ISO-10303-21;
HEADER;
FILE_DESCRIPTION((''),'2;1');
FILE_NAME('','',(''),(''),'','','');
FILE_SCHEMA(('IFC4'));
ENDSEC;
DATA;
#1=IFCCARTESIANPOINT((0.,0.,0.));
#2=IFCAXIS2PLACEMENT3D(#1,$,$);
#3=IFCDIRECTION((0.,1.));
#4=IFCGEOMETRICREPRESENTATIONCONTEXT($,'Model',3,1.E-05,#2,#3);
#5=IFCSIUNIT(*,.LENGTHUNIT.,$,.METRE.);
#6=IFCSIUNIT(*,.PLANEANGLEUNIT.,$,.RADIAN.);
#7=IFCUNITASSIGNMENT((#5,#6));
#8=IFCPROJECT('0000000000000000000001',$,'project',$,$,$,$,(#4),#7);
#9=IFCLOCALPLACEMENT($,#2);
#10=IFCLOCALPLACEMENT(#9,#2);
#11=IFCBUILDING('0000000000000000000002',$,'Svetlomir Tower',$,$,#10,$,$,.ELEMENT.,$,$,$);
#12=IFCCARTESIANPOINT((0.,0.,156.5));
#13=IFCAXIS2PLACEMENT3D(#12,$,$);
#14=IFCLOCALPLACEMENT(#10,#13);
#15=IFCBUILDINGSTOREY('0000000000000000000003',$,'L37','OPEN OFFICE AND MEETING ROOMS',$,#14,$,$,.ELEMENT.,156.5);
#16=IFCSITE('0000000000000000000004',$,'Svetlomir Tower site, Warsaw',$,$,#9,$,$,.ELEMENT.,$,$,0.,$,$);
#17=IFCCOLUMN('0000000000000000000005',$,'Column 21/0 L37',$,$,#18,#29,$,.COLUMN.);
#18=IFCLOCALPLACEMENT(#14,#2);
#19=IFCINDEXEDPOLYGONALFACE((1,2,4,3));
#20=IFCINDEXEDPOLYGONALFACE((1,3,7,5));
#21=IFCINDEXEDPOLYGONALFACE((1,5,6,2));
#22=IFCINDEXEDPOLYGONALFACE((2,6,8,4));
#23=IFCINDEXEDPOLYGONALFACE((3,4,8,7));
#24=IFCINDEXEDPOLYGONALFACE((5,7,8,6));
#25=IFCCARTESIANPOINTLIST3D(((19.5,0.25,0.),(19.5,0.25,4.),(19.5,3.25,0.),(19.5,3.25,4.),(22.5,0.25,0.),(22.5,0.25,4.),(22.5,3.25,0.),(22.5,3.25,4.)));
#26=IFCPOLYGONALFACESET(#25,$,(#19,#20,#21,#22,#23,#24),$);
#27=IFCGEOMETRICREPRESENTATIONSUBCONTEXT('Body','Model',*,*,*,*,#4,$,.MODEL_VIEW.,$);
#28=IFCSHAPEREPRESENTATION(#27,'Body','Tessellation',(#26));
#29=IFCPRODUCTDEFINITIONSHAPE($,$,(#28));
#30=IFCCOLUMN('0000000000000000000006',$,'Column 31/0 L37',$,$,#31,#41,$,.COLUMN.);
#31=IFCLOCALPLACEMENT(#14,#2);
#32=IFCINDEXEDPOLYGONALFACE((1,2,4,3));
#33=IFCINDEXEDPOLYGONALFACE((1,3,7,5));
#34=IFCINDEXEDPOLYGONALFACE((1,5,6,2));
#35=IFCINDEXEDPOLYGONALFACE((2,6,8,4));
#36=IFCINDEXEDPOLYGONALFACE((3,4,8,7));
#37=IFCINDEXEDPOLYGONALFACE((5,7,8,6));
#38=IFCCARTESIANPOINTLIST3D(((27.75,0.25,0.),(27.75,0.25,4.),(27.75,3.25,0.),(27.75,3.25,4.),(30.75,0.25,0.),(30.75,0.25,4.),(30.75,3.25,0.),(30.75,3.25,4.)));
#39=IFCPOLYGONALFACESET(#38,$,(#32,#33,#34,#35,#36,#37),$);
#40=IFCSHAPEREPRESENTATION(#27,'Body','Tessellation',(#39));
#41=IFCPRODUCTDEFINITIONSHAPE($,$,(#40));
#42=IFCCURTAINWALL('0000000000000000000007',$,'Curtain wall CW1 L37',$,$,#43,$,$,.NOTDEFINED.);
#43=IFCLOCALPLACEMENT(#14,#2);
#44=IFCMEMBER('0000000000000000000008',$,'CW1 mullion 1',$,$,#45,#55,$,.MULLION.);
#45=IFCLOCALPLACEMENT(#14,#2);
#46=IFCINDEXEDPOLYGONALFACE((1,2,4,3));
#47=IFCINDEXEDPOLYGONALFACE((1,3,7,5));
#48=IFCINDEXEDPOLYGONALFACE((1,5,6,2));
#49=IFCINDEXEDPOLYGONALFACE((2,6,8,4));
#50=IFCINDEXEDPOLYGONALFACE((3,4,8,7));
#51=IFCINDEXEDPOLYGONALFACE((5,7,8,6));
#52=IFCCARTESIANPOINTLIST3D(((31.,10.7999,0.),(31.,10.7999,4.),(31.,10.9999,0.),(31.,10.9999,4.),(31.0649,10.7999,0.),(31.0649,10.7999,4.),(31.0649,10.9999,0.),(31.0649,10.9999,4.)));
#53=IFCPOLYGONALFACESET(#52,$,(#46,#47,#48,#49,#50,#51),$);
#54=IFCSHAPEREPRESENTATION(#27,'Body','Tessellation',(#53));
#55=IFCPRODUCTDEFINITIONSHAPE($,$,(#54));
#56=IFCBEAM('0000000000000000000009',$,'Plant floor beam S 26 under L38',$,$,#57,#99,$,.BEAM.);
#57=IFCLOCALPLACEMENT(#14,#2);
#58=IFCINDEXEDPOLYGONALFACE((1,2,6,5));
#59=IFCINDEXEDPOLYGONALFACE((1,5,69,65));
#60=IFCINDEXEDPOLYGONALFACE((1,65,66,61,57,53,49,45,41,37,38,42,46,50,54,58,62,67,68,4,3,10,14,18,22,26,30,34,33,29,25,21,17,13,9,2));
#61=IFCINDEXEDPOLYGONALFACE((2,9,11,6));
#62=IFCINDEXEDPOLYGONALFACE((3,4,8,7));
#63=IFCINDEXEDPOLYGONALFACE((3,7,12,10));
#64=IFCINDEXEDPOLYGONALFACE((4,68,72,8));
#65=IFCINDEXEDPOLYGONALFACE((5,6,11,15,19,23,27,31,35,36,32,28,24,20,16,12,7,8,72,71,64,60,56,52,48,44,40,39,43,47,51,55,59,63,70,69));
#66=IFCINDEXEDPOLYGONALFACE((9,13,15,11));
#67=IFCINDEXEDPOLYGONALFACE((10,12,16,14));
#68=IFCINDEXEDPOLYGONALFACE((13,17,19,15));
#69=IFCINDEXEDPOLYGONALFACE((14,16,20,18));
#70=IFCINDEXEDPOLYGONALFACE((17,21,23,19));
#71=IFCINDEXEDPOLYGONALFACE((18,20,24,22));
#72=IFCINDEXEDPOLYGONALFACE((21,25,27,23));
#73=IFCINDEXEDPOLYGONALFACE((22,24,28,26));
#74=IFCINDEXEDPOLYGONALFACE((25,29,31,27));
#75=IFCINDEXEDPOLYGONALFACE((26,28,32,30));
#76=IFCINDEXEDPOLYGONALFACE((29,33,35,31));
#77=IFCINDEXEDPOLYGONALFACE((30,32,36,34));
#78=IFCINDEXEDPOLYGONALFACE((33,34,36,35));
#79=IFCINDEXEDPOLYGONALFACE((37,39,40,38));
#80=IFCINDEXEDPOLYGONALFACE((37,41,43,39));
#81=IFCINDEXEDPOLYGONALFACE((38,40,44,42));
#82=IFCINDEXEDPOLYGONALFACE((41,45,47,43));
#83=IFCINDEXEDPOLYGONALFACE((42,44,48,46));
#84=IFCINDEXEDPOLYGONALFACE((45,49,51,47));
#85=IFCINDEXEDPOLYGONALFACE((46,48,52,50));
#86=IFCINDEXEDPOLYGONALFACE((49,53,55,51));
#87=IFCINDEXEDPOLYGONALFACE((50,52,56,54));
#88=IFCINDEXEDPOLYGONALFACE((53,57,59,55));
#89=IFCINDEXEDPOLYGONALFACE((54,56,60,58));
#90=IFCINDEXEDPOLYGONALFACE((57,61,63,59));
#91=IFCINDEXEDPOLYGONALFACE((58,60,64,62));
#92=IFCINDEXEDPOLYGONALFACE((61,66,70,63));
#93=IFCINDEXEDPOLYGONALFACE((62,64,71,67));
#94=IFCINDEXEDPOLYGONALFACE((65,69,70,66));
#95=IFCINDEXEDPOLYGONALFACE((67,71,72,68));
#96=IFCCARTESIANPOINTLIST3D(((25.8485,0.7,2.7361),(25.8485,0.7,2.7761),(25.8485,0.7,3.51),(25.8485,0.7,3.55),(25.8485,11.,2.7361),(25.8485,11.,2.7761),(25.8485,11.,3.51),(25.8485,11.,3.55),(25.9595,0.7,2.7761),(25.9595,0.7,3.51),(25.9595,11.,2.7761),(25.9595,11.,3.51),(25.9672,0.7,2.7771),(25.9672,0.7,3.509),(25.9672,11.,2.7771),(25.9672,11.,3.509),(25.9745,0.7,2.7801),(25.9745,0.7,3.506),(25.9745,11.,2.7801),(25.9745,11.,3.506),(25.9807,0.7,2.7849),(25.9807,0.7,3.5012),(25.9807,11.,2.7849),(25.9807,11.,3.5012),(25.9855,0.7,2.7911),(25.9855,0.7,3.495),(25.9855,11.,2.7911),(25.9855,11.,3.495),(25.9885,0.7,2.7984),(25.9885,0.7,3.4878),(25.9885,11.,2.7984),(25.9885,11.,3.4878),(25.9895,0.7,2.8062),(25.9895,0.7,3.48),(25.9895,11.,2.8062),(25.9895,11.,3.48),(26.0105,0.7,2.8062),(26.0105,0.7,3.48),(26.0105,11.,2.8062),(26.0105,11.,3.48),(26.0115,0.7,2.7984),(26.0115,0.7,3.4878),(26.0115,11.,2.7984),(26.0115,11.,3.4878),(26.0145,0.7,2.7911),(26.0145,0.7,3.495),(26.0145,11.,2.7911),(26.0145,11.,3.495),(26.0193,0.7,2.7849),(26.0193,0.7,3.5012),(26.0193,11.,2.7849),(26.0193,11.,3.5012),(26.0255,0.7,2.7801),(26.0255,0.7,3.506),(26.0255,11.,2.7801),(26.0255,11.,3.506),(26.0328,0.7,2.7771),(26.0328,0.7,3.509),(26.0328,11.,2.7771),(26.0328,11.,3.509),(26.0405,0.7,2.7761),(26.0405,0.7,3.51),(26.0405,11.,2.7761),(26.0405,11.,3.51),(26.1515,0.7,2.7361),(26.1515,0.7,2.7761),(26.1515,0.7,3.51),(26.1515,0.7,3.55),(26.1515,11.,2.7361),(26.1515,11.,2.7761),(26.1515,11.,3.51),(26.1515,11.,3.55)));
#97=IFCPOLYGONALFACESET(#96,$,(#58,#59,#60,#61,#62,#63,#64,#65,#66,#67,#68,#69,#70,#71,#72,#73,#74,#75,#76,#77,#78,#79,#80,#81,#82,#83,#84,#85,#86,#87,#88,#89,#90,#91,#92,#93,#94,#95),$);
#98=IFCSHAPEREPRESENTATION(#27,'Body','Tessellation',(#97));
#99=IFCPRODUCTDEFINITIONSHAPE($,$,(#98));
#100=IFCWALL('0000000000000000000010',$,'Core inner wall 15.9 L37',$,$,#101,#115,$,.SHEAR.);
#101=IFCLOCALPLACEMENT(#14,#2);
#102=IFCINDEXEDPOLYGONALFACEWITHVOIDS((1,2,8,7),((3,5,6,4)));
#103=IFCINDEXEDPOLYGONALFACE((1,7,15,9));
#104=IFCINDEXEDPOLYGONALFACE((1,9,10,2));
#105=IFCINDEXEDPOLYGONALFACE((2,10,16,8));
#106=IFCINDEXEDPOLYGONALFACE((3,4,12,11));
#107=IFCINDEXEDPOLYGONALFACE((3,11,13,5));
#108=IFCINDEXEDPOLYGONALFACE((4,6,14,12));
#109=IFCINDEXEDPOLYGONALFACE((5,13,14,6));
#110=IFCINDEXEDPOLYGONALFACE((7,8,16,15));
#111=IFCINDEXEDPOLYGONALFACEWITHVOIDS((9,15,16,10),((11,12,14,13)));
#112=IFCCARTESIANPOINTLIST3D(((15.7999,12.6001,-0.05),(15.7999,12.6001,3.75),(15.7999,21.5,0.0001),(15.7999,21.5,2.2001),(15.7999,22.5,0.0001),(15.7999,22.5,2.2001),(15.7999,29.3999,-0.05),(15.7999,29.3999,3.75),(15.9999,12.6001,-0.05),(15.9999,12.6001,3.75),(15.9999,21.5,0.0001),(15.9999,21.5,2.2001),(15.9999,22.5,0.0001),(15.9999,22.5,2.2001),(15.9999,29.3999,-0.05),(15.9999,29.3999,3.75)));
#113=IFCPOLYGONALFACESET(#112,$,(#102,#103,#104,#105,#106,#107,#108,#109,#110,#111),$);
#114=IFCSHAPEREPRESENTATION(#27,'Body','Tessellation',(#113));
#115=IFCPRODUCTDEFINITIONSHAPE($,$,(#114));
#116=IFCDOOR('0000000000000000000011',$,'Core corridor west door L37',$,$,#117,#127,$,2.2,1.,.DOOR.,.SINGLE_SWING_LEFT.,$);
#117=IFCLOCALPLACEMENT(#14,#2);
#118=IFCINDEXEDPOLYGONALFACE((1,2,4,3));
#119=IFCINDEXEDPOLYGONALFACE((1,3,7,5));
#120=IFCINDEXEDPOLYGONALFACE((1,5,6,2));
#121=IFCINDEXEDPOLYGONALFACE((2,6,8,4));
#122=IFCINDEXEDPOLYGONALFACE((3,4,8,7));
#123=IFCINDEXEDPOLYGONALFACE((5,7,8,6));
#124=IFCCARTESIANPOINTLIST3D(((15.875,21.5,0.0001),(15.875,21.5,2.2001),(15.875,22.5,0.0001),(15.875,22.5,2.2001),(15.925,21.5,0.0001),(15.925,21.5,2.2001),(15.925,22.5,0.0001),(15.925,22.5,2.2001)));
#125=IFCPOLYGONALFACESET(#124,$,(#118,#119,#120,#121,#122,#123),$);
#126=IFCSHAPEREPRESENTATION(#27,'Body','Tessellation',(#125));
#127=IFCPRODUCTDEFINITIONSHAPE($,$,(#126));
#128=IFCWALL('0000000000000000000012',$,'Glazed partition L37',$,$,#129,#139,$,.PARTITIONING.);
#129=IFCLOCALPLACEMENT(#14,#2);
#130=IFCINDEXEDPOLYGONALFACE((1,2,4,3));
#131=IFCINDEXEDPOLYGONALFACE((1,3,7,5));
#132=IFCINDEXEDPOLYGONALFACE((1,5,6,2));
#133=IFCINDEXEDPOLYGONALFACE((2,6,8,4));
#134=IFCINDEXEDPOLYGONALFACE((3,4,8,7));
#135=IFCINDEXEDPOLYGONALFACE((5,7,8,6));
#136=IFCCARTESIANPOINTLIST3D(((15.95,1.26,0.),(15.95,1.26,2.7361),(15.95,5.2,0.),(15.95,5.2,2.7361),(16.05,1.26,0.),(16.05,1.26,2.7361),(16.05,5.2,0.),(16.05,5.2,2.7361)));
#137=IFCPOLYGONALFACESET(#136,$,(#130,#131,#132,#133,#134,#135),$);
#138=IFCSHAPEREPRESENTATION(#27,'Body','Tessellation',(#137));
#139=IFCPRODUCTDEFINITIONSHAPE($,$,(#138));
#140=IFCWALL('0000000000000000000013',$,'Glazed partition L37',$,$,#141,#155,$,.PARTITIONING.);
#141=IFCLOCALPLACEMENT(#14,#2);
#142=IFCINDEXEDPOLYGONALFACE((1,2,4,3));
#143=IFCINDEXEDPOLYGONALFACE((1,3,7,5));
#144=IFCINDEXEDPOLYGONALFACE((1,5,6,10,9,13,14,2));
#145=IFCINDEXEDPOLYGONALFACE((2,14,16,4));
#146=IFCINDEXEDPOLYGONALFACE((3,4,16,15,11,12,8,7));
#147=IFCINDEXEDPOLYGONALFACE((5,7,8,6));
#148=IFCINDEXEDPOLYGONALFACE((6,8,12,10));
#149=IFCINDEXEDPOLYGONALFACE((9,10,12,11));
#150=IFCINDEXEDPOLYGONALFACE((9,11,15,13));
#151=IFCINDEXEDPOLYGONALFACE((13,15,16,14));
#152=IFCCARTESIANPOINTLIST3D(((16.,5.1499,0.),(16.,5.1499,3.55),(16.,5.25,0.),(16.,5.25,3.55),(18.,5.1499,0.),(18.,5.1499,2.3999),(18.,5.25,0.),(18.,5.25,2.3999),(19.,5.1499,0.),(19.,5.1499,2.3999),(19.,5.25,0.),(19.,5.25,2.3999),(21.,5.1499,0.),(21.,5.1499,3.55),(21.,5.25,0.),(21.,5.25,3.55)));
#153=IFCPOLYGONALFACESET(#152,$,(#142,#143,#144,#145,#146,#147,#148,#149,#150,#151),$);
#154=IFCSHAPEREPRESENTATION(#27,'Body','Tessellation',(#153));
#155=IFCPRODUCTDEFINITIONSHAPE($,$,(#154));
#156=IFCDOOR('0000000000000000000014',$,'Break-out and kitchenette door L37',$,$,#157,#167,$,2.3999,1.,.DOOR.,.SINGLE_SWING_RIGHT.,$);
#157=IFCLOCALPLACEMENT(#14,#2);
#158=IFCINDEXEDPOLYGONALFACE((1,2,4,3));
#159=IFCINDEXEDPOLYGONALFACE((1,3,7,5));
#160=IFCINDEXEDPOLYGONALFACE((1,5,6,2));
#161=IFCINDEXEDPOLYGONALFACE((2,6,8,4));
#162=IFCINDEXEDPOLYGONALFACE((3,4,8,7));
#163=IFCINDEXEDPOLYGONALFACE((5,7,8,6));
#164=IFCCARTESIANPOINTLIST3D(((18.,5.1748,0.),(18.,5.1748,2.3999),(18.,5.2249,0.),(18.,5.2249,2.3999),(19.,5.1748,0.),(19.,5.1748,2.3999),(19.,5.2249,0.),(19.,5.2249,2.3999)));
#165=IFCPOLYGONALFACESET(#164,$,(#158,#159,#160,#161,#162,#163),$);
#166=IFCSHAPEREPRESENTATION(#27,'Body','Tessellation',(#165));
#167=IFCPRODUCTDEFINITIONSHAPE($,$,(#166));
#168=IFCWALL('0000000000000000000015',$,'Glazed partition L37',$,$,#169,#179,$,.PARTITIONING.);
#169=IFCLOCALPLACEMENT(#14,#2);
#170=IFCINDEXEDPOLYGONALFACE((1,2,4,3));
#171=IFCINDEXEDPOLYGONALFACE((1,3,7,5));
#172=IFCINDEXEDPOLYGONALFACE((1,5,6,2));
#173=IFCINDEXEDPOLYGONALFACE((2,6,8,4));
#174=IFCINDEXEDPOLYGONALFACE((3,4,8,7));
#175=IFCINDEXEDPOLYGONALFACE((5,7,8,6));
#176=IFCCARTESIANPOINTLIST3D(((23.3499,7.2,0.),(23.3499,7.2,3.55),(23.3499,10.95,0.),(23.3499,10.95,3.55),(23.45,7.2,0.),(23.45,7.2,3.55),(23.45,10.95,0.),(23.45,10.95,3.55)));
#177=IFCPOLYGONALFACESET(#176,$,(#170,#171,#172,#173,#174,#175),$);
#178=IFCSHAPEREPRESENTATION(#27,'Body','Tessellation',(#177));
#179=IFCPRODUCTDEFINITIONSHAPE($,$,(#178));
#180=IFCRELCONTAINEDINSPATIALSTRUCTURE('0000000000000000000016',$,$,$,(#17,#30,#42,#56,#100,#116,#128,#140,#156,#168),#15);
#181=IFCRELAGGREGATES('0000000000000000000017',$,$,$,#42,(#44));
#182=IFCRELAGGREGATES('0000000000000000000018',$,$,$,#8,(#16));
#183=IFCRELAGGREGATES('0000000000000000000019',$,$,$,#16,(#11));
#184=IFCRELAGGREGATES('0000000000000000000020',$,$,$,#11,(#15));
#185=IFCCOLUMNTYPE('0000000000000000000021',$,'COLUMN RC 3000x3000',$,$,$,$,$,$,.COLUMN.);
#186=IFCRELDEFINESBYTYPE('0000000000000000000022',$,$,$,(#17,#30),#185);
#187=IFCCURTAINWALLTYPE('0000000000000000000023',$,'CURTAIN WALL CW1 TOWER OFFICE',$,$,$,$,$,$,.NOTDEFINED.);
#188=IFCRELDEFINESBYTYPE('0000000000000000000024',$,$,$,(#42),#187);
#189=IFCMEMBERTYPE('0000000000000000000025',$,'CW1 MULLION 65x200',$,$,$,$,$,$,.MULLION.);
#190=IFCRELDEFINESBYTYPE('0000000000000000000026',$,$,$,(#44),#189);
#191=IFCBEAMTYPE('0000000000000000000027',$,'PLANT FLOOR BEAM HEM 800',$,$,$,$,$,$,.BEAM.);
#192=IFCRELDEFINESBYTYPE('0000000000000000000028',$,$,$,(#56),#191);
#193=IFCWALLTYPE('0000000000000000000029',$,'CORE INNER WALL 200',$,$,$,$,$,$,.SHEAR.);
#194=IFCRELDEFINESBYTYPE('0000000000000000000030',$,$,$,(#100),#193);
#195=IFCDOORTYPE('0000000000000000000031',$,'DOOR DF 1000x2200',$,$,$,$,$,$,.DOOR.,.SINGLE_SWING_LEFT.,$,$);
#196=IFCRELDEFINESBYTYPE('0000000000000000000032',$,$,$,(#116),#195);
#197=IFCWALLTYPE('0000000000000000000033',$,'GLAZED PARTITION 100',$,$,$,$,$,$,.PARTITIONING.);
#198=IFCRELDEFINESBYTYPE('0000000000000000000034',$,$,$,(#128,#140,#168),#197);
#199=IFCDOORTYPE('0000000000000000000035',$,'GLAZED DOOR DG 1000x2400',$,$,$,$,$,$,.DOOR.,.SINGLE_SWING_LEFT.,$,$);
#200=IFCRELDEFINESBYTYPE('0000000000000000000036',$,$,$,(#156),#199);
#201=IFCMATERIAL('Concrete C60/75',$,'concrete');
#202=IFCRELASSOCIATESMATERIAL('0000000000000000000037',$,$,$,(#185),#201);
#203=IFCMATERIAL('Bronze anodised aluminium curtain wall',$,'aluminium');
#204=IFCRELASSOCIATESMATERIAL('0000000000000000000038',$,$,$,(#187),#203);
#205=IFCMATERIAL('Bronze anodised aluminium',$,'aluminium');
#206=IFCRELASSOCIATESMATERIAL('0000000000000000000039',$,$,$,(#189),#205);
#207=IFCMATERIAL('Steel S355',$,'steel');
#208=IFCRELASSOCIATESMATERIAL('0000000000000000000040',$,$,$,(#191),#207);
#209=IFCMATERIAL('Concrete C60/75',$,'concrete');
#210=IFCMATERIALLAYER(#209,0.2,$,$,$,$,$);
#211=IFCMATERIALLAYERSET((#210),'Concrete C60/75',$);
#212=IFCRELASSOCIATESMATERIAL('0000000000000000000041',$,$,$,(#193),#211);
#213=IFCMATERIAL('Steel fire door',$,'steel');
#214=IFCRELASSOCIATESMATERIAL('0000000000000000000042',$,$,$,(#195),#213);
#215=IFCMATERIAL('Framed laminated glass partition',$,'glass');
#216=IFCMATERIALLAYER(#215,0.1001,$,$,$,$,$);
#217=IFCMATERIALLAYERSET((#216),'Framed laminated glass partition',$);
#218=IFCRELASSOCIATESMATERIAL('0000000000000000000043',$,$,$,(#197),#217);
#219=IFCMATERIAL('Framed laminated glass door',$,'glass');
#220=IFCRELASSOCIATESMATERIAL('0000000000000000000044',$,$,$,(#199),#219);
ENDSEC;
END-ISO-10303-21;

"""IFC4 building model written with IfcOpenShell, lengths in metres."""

from ifc_helpers import new_model, si_unit, direction, frame, frame_2d, origin, origin_2d, place, context, subcontext, project, spatial, rectangle, i_section, extrude, material, layer, layer_set, material_profile, profile_set, type_object, element, fill, aggregate, save


model = new_model("IFC4")

# Units and contexts
model_context = context("Model", 3, precision=1e-05, world=origin(), true_north=direction((0.0, 1.0)))
body_context = subcontext(model_context, "Body", "Model", "MODEL_VIEW")
ifc_project = project(units=[si_unit("LENGTHUNIT", "METRE"), si_unit("PLANEANGLEUNIT", "RADIAN")], contexts=[model_context])

# Site, building, storey
site_placement = place(None, origin())
site = spatial("IfcSite", under=ifc_project, at=site_placement, Name="Svetlomir Tower site, Warsaw", CompositionType="ELEMENT", RefElevation=0.0)
building_placement = place(site_placement, origin())
building = spatial("IfcBuilding", under=site, at=building_placement, Name="Svetlomir Tower", CompositionType="ELEMENT")
storey_placement = place(building_placement, frame((0.0, 0.0, 156.5)))
storey = spatial("IfcBuildingStorey", under=building, at=storey_placement, Name="L37", Description="OPEN OFFICE AND MEETING ROOMS", CompositionType="ELEMENT", Elevation=156.5)

# Columns
ifc_material_1 = material(Name="Concrete C60/75", Category="concrete")
ifc_material_profile_1 = material_profile(ifc_material_1, rectangle(XDim=3.0, YDim=3.0, at=origin_2d()), Name="RC 3000x3000")
ifc_profile_set_1 = profile_set([ifc_material_profile_1], Name="Concrete C60/75")
column_type = type_object("IfcColumnType", Name="COLUMN RC 3000x3000", PredefinedType="COLUMN", material=ifc_profile_set_1)
for number, where, z_axis, x_axis, name in (
    (1, (21.0, 1.75, 0.0), (0.0, 0.0, 1.0), (1.0, 0.0, 0.0), "Column 21/0 L37"),
    (2, (29.25, 1.75, 0.0), (0.0, 0.0, 1.0), (1.0, 0.0, 0.0), "Column 31/0 L37"),
):
    element("IfcColumn", number, at=place(storey_placement, frame(where, z_axis=z_axis, x_axis=x_axis)), inside=storey, type_object=column_type, Name=name, PredefinedType="COLUMN", context=body_context, shape_type="SweptSolid", body=[
        extrude(rectangle(XDim=3.0, YDim=3.0, at=origin_2d()), origin(), (0.0, 0.0, 1.0), 4.0),
    ])

# Curtain wall, member
ifc_material_2 = material(Name="Bronze anodised aluminium curtain wall", Category="aluminium")
curtain_wall_type = type_object("IfcCurtainWallType", Name="CURTAIN WALL CW1 TOWER OFFICE", PredefinedType="NOTDEFINED", material=ifc_material_2)
curtain_wall_placement = place(storey_placement, origin())
curtain_wall = element("IfcCurtainWall", 3, at=curtain_wall_placement, inside=storey, type_object=curtain_wall_type, Name="Curtain wall CW1 L37", PredefinedType="NOTDEFINED")
ifc_material_3 = material(Name="Bronze anodised aluminium", Category="aluminium")
ifc_material_profile_2 = material_profile(ifc_material_3, rectangle(XDim=0.0649, YDim=0.2, at=origin_2d()), Name="AL 65x200")
ifc_profile_set_2 = profile_set([ifc_material_profile_2], Name="Bronze anodised aluminium 6063-T6")
member_type = type_object("IfcMemberType", Name="CW1 MULLION 65x200", PredefinedType="MULLION", material=ifc_profile_set_2)
member_placement = place(storey_placement, frame((31.0325, 10.8999, 0.0), z_axis=(0.0, 0.0, 1.0), x_axis=(1.0, 0.0, 0.0)))
member = element("IfcMember", 4, at=member_placement, type_object=member_type, Name="CW1 mullion 1", PredefinedType="MULLION", context=body_context, shape_type="SweptSolid", body=[
    extrude(rectangle(XDim=0.0649, YDim=0.2, at=origin_2d()), origin(), (0.0, 0.0, 1.0), 4.0),
])
aggregate(curtain_wall, [member])

# Beam
ifc_material_4 = material(Name="Steel S355", Category="steel")
ifc_material_profile_3 = material_profile(ifc_material_4, i_section(OverallWidth=0.303, OverallDepth=0.814, WebThickness=0.021, FlangeThickness=0.04, FilletRadius=0.03, at=origin_2d()), Name="HEM 800")
ifc_profile_set_3 = profile_set([ifc_material_profile_3], Name="Steel S355")
beam_type = type_object("IfcBeamType", Name="PLANT FLOOR BEAM HEM 800", PredefinedType="BEAM", material=ifc_profile_set_3)
beam_placement = place(storey_placement, frame((26.0, 0.7, 3.1431), z_axis=(0.0, 1.0, 0.0), x_axis=(-1.0, 0.0, 0.0)))
element("IfcBeam", 5, at=beam_placement, inside=storey, type_object=beam_type, Name="Plant floor beam S 26 under L38", PredefinedType="BEAM", context=body_context, shape_type="SweptSolid", body=[
    extrude(i_section(OverallWidth=0.303, OverallDepth=0.814, WebThickness=0.021, FlangeThickness=0.04, FilletRadius=0.03, at=origin_2d()), origin(), (0.0, 0.0, 1.0), 10.3),
])

# Wall, opening, door
ifc_material_5 = material(Name="Concrete C60/75", Category="concrete")
ifc_layer_1 = layer(ifc_material_5, 0.2)
ifc_layer_set_1 = layer_set([ifc_layer_1], Name="Concrete C60/75")
wall_type_1 = type_object("IfcWallType", Name="CORE INNER WALL 200", PredefinedType="SHEAR", material=ifc_layer_set_1)
wall_1_placement = place(storey_placement, frame((15.8999, 12.6001, -0.05), z_axis=(0.0, 0.0, 1.0), x_axis=(0.0, 1.0, 0.0)))
wall_1 = element("IfcWall", 6, at=wall_1_placement, inside=storey, type_object=wall_type_1, Name="Core inner wall 15.9 L37", PredefinedType="SHEAR", context=body_context, shape_type="SweptSolid", body=[
    extrude(rectangle(XDim=16.7998, YDim=0.2, at=frame_2d((8.3999, 0.0))), origin(), (0.0, 0.0, 1.0), 3.8),
])
opening_1_placement = place(wall_1_placement, frame((8.8999, 0.0, 0.05)))
opening_1 = element("IfcOpeningElement", 7, at=opening_1_placement, cuts=wall_1, PredefinedType="OPENING", context=body_context, shape_type="SweptSolid", body=[
    extrude(rectangle(XDim=1.0, YDim=2.2, at=frame_2d((0.5, 1.1001))), frame((0.0, 0.1099, 0.0), z_axis=(0.0, -1.0, 0.0), x_axis=(1.0, 0.0, 0.0)), (0.0, 0.0, 1.0), 0.22),
])
ifc_material_6 = material(Name="Steel fire door", Category="steel")
door_type_1 = type_object("IfcDoorType", Name="DOOR DF 1000x2200", OperationType="SINGLE_SWING_LEFT", PredefinedType="DOOR", material=ifc_material_6)
door_1_placement = place(opening_1_placement, origin())
door_1 = element("IfcDoor", 8, at=door_1_placement, inside=storey, type_object=door_type_1, Name="Core corridor west door L37", OperationType="SINGLE_SWING_LEFT", OverallHeight=2.2, OverallWidth=1.0, PredefinedType="DOOR", context=body_context, shape_type="SweptSolid", body=[
    extrude(rectangle(XDim=1.0, YDim=2.2, at=frame_2d((0.5, 1.1001))), frame((0.0, 0.0249, 0.0), z_axis=(0.0, -1.0, 0.0), x_axis=(1.0, 0.0, 0.0)), (0.0, 0.0, 1.0), 0.05),
])
fill(opening_1, door_1)

# Wall
ifc_material_7 = material(Name="Framed laminated glass partition", Category="glass")
ifc_layer_2 = layer(ifc_material_7, 0.1001)
ifc_layer_set_2 = layer_set([ifc_layer_2], Name="Framed laminated glass partition")
wall_type_2 = type_object("IfcWallType", Name="GLAZED PARTITION 100", PredefinedType="PARTITIONING", material=ifc_layer_set_2)
wall_2_placement = place(storey_placement, frame((16.0, 1.26, 0.0), z_axis=(0.0, 0.0, 1.0), x_axis=(0.0, 1.0, 0.0)))
element("IfcWall", 9, at=wall_2_placement, inside=storey, type_object=wall_type_2, Name="Glazed partition L37", PredefinedType="PARTITIONING", context=body_context, shape_type="SweptSolid", body=[
    extrude(rectangle(XDim=3.9399, YDim=0.1001, at=frame_2d((1.97, 0.0))), origin(), (0.0, 0.0, 1.0), 2.7361),
])

# Wall, opening, door
wall_3_placement = place(storey_placement, frame((16.0, 5.2, 0.0), z_axis=(0.0, 0.0, 1.0), x_axis=(1.0, 0.0, 0.0)))
wall_3 = element("IfcWall", 10, at=wall_3_placement, inside=storey, type_object=wall_type_2, Name="Glazed partition L37", PredefinedType="PARTITIONING", context=body_context, shape_type="SweptSolid", body=[
    extrude(rectangle(XDim=5.0, YDim=0.1001, at=frame_2d((2.5, 0.0))), origin(), (0.0, 0.0, 1.0), 3.55),
])
opening_2_placement = place(wall_3_placement, frame((2.0, 0.0, 0.0)))
opening_2 = element("IfcOpeningElement", 11, at=opening_2_placement, cuts=wall_3, PredefinedType="OPENING", context=body_context, shape_type="SweptSolid", body=[
    extrude(rectangle(XDim=1.0, YDim=2.3999, at=frame_2d((0.5, 1.2))), frame((0.0, 0.0601, 0.0), z_axis=(0.0, -1.0, 0.0), x_axis=(1.0, 0.0, 0.0)), (0.0, 0.0, 1.0), 0.1201),
])
ifc_material_8 = material(Name="Framed laminated glass door", Category="glass")
door_type_2 = type_object("IfcDoorType", Name="GLAZED DOOR DG 1000x2400", OperationType="SINGLE_SWING_LEFT", PredefinedType="DOOR", material=ifc_material_8)
door_2_placement = place(opening_2_placement, origin())
door_2 = element("IfcDoor", 12, at=door_2_placement, inside=storey, type_object=door_type_2, Name="Break-out and kitchenette door L37", OperationType="SINGLE_SWING_RIGHT", OverallHeight=2.3999, OverallWidth=1.0, PredefinedType="DOOR", context=body_context, shape_type="SweptSolid", body=[
    extrude(rectangle(XDim=1.0, YDim=2.3999, at=frame_2d((0.5, 1.2))), frame((0.0, 0.0249, 0.0), z_axis=(0.0, -1.0, 0.0), x_axis=(1.0, 0.0, 0.0)), (0.0, 0.0, 1.0), 0.05),
])
fill(opening_2, door_2)

# Wall
wall_4_placement = place(storey_placement, frame((23.3999, 7.2, 0.0), z_axis=(0.0, 0.0, 1.0), x_axis=(0.0, 1.0, 0.0)))
element("IfcWall", 13, at=wall_4_placement, inside=storey, type_object=wall_type_2, Name="Glazed partition L37", PredefinedType="PARTITIONING", context=body_context, shape_type="SweptSolid", body=[
    extrude(rectangle(XDim=3.75, YDim=0.1001, at=frame_2d((1.875, 0.0))), origin(), (0.0, 0.0, 1.0), 3.55),
])

save(model, "model.ifc")
